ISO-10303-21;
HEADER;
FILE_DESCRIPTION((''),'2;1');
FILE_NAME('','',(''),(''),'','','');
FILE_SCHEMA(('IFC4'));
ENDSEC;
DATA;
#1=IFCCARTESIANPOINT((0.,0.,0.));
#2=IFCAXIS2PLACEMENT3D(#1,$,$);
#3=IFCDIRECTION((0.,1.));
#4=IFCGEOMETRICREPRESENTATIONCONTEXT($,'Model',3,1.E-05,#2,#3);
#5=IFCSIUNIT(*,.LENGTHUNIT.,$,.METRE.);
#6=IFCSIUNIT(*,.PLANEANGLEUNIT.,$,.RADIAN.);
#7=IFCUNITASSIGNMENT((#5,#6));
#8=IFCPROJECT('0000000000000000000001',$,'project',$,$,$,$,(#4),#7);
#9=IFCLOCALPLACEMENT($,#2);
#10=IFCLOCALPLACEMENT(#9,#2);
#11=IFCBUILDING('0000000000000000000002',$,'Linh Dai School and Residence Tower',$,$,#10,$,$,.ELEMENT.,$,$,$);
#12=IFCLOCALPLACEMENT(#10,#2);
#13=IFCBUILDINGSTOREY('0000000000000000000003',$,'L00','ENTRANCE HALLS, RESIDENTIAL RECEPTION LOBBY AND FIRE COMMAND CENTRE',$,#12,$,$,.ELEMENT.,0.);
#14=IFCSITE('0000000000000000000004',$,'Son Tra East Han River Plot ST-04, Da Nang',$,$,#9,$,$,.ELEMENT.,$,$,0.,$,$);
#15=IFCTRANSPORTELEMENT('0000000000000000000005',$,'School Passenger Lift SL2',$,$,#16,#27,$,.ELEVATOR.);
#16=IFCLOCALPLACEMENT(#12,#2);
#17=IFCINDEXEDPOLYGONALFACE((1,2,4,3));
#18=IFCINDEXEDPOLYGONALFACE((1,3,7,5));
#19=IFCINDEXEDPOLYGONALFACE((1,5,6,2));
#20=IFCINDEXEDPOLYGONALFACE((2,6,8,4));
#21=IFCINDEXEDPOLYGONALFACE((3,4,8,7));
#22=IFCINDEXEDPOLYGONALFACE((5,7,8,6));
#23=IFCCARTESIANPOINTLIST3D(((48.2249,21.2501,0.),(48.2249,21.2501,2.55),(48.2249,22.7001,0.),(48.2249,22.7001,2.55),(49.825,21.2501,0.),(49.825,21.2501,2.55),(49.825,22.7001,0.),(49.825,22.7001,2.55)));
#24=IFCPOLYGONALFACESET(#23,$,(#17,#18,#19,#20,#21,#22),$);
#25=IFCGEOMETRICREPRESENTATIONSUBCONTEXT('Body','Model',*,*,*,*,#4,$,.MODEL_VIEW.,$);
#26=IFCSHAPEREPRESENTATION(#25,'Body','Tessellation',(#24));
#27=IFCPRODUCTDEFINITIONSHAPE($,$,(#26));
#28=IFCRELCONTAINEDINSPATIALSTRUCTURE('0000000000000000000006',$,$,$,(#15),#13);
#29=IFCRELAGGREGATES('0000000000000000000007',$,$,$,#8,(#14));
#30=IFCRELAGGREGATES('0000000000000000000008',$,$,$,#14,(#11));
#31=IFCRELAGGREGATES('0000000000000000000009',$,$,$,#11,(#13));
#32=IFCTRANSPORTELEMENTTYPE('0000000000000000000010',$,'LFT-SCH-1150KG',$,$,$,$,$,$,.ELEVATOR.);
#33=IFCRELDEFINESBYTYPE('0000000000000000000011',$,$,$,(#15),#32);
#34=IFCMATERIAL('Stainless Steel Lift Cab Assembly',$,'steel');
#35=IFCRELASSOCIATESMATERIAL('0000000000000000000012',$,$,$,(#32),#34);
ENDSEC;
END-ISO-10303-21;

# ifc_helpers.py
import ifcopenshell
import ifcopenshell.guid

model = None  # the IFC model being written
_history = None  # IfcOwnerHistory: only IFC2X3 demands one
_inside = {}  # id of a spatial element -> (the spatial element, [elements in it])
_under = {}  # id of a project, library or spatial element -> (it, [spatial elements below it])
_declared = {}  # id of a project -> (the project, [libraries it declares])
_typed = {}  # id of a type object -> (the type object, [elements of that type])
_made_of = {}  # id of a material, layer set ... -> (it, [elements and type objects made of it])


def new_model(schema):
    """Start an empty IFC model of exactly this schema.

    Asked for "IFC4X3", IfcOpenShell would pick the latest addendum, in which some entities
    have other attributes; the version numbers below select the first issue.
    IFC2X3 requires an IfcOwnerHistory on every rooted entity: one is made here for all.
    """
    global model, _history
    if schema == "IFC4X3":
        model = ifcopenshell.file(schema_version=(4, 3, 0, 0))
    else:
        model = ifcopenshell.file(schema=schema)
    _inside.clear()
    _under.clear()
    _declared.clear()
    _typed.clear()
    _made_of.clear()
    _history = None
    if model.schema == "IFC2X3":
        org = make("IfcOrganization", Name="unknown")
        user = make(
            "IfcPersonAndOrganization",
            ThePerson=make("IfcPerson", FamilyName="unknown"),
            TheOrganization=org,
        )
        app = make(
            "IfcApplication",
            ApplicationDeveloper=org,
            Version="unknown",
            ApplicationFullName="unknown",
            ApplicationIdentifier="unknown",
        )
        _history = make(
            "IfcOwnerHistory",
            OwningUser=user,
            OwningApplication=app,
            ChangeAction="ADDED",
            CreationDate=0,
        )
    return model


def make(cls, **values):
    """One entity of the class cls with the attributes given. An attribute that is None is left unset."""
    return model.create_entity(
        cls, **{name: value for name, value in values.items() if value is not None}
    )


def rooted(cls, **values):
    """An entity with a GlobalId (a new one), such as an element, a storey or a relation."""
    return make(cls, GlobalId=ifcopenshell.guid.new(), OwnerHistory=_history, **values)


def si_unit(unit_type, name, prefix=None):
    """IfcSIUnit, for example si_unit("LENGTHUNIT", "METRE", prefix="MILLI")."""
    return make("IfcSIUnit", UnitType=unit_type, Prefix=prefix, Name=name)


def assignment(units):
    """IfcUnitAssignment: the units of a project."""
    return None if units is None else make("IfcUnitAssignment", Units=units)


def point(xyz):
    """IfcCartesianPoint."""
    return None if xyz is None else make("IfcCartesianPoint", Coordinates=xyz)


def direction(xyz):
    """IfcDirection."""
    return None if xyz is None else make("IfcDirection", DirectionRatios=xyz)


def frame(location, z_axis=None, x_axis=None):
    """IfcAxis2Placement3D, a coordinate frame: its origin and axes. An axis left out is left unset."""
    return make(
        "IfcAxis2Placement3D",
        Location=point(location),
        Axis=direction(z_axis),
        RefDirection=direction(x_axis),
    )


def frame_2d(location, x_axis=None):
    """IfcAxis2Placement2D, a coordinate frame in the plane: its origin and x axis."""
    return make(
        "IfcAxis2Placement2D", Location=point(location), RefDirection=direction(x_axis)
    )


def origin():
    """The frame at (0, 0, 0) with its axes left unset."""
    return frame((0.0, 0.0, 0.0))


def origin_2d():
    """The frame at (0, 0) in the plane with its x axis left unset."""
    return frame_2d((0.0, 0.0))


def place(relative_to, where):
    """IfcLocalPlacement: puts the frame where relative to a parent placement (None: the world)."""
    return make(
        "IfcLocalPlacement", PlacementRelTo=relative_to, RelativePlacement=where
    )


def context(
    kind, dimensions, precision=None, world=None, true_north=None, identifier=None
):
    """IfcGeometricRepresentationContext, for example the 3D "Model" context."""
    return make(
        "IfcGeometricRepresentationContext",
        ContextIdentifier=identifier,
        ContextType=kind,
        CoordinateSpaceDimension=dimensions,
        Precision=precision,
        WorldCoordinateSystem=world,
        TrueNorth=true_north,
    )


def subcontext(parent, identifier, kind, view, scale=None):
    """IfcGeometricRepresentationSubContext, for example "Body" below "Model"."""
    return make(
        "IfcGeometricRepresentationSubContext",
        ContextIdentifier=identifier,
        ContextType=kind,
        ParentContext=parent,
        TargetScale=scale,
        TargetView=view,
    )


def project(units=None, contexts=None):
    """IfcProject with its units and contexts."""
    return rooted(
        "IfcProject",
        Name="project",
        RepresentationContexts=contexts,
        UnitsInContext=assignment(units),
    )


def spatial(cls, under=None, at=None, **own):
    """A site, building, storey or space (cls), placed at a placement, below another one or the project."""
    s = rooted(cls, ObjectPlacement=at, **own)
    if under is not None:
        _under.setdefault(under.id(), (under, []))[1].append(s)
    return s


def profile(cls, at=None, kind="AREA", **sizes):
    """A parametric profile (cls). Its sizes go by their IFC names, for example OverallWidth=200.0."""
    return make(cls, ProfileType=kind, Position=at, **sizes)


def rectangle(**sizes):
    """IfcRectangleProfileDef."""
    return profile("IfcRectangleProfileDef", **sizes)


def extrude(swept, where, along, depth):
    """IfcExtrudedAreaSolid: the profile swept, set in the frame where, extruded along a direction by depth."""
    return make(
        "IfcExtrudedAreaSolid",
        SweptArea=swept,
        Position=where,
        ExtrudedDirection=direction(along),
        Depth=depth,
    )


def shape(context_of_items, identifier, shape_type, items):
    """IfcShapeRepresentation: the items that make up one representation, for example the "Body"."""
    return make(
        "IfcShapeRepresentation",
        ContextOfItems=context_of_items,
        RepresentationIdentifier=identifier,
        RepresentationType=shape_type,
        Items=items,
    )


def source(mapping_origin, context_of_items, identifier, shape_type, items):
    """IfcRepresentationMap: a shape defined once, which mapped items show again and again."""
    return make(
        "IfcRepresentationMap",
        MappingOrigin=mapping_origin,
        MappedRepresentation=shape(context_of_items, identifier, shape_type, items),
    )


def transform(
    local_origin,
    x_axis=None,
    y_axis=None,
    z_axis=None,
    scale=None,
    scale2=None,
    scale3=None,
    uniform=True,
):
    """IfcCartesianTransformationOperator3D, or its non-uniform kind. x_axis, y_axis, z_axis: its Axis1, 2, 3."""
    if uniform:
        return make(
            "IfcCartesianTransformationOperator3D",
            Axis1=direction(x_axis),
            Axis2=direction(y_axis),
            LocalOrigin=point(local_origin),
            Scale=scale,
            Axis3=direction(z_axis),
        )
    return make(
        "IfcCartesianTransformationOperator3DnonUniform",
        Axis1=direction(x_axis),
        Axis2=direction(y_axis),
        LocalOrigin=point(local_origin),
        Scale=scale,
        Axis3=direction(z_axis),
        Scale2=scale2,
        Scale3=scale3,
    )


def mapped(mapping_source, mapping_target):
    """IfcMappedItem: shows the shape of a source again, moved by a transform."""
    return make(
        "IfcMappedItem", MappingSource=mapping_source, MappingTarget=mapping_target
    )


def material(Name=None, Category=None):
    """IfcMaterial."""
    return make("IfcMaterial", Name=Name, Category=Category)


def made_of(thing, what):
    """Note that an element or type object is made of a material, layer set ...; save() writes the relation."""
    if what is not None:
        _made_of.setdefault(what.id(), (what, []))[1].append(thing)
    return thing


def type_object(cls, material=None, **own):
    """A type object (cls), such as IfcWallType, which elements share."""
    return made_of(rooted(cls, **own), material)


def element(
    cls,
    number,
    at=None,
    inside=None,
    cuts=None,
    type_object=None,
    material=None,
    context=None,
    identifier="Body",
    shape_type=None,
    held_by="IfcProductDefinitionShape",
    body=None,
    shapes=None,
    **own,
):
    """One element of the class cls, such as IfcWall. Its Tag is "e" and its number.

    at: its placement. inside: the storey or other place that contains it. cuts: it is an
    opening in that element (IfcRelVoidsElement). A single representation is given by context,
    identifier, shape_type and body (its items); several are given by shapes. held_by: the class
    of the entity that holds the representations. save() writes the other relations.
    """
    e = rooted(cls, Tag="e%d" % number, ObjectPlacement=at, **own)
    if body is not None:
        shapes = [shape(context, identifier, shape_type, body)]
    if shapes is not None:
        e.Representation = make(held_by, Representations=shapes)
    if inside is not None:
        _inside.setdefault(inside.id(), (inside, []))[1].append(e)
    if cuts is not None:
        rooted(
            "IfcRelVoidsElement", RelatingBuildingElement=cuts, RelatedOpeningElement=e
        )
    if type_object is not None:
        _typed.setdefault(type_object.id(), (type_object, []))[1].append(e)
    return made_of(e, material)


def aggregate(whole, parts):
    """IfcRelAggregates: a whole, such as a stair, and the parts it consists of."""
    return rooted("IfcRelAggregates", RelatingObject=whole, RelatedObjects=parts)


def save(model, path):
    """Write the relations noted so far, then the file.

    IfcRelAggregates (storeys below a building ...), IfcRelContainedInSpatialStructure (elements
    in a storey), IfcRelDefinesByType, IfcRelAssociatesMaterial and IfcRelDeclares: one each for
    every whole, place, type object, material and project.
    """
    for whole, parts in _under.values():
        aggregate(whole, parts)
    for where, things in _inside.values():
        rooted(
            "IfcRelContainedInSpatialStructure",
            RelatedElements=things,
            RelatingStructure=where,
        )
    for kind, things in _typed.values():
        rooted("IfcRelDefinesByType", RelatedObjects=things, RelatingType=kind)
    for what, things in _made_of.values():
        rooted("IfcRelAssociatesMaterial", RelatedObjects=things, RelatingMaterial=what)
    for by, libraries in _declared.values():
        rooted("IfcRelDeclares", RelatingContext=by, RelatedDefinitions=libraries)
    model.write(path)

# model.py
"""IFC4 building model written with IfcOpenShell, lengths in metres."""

from ifc_helpers import new_model, si_unit, direction, frame, origin, origin_2d, place, context, subcontext, project, spatial, rectangle, extrude, source, transform, mapped, material, type_object, element, save


model = new_model("IFC4")

# Units and contexts
model_context = context("Model", 3, precision=1e-05, world=origin(), true_north=direction((0.0, 1.0)))
body_context = subcontext(model_context, "Body", "Model", "MODEL_VIEW")
ifc_project = project(units=[si_unit("LENGTHUNIT", "METRE"), si_unit("PLANEANGLEUNIT", "RADIAN")], contexts=[model_context])

# Site, building, storey
site_placement = place(None, origin())
site = spatial("IfcSite", under=ifc_project, at=site_placement, Name="Son Tra East Han River Plot ST-04, Da Nang", CompositionType="ELEMENT", RefElevation=0.0)
building_placement = place(site_placement, origin())
building = spatial("IfcBuilding", under=site, at=building_placement, Name="Linh Dai School and Residence Tower", CompositionType="ELEMENT")
storey_placement = place(building_placement, origin())
storey = spatial("IfcBuildingStorey", under=building, at=storey_placement, Name="L00", Description="ENTRANCE HALLS, RESIDENTIAL RECEPTION LOBBY AND FIRE COMMAND CENTRE", CompositionType="ELEMENT", Elevation=0.0)

# Transport element
ifc_material_1 = material(Name="Stainless Steel Lift Cab Assembly", Category="steel")
transport_element_type = type_object("IfcTransportElementType", Name="LFT-SCH-1150KG", PredefinedType="ELEVATOR", material=ifc_material_1)
shared_shape_1 = source(origin(), body_context, "Body", "SweptSolid", [
    extrude(rectangle(XDim=1.6001, YDim=1.45, at=origin_2d()), origin(), (0.0, 0.0, 1.0), 2.55),
])
transport_element_placement = place(storey_placement, frame((49.0249, 21.9751, 0.0), z_axis=(0.0, 0.0, 1.0), x_axis=(1.0, 0.0, 0.0)))
element("IfcTransportElement", 1, at=transport_element_placement, inside=storey, type_object=transport_element_type, Name="School Passenger Lift SL2", PredefinedType="ELEVATOR", context=body_context, shape_type="MappedRepresentation", body=[
    mapped(shared_shape_1, transform((0.0, 0.0, 0.0), x_axis=(1.0, 0.0, 0.0), y_axis=(0.0, 1.0, 0.0), z_axis=(0.0, 0.0, 1.0), scale=1.0)),
])

save(model, "model.ifc")
